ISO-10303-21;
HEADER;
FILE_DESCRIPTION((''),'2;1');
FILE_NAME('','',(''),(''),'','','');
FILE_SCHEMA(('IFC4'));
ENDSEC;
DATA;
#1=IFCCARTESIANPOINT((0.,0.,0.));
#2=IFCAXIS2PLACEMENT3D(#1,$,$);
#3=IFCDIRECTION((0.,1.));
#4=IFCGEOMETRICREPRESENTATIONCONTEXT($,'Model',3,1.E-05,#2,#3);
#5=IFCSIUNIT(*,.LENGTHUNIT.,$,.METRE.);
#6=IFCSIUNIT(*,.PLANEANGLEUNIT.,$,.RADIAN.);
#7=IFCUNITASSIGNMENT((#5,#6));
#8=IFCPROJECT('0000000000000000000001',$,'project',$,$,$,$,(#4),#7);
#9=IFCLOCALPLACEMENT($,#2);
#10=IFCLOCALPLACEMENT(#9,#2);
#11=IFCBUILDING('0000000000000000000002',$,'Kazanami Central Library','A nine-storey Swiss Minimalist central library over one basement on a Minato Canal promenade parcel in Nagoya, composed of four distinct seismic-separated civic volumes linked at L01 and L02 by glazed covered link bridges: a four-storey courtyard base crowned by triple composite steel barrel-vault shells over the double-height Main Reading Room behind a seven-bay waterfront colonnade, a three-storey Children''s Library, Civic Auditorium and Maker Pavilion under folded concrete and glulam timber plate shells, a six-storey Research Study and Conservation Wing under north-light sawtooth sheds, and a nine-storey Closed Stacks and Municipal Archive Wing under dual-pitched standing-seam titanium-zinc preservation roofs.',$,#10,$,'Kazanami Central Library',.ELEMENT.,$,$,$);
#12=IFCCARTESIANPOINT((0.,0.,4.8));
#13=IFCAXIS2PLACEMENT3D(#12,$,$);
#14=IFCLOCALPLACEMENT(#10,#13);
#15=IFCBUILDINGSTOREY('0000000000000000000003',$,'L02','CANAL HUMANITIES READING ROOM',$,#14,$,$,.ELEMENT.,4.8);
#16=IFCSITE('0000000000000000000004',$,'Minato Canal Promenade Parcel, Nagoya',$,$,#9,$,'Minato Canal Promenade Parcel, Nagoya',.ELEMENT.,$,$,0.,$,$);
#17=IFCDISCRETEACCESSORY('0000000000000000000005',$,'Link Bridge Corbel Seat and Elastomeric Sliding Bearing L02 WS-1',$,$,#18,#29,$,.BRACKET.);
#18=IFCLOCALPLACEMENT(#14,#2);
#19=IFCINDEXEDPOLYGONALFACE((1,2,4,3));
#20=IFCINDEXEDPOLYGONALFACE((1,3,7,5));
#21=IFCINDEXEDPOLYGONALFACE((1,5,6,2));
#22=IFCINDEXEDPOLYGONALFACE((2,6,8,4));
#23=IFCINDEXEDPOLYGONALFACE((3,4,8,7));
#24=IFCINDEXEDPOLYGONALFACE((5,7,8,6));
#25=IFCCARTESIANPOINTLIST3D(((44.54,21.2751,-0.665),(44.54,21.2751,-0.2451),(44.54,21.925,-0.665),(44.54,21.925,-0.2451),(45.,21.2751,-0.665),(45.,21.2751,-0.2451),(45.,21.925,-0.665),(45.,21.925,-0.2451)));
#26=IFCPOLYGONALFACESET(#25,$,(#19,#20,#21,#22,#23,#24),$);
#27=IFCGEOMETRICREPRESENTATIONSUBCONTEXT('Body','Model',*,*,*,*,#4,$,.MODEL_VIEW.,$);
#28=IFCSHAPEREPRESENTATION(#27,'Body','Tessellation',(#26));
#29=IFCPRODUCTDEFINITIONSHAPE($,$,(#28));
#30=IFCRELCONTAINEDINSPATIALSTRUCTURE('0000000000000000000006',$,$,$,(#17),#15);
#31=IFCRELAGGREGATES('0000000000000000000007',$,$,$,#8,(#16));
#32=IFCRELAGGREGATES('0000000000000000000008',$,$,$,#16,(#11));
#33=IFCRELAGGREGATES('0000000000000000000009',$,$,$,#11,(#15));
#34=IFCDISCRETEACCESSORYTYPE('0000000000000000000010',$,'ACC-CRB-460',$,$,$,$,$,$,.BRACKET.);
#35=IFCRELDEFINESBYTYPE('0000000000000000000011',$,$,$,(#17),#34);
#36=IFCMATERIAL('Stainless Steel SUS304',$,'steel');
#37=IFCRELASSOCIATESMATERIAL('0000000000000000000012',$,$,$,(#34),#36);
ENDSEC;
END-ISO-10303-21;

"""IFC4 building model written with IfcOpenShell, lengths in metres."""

from ifc_helpers import new_model, si_unit, direction, frame, origin, origin_2d, place, context, subcontext, project, spatial, rectangle, extrude, material, type_object, element, save


model = new_model("IFC4")

# Units and contexts
model_context = context("Model", 3, precision=1e-05, world=origin(), true_north=direction((0.0, 1.0)))
body_context = subcontext(model_context, "Body", "Model", "MODEL_VIEW")
ifc_project = project(units=[si_unit("LENGTHUNIT", "METRE"), si_unit("PLANEANGLEUNIT", "RADIAN")], contexts=[model_context])

# Site, building, storey
site_placement = place(None, origin())
site = spatial("IfcSite", under=ifc_project, at=site_placement, Name="Minato Canal Promenade Parcel, Nagoya", LongName="Minato Canal Promenade Parcel, Nagoya", CompositionType="ELEMENT", RefElevation=0.0)
building_placement = place(site_placement, origin())
building = spatial("IfcBuilding", under=site, at=building_placement, Name="Kazanami Central Library", Description="A nine-storey Swiss Minimalist central library over one basement on a Minato Canal promenade parcel in Nagoya, composed of four distinct seismic-separated civic volumes linked at L01 and L02 by glazed covered link bridges: a four-storey courtyard base crowned by triple composite steel barrel-vault shells over the double-height Main Reading Room behind a seven-bay waterfront colonnade, a three-storey Children's Library, Civic Auditorium and Maker Pavilion under folded concrete and glulam timber plate shells, a six-storey Research Study and Conservation Wing under north-light sawtooth sheds, and a nine-storey Closed Stacks and Municipal Archive Wing under dual-pitched standing-seam titanium-zinc preservation roofs.", LongName="Kazanami Central Library", CompositionType="ELEMENT")
storey_placement = place(building_placement, frame((0.0, 0.0, 4.8)))
storey = spatial("IfcBuildingStorey", under=building, at=storey_placement, Name="L02", Description="CANAL HUMANITIES READING ROOM", CompositionType="ELEMENT", Elevation=4.8)

# Discrete accessory
ifc_material_1 = material(Name="Stainless Steel SUS304", Category="steel")
discrete_accessory_type = type_object("IfcDiscreteAccessoryType", Name="ACC-CRB-460", PredefinedType="BRACKET", material=ifc_material_1)
discrete_accessory_placement = place(storey_placement, frame((44.77, 21.6001, -0.665), z_axis=(0.0, 0.0, 1.0), x_axis=(1.0, 0.0, 0.0)))
element("IfcDiscreteAccessory", 1, at=discrete_accessory_placement, inside=storey, type_object=discrete_accessory_type, Name="Link Bridge Corbel Seat and Elastomeric Sliding Bearing L02 WS-1", PredefinedType="BRACKET", context=body_context, shape_type="SweptSolid", body=[
    extrude(rectangle(XDim=0.46, YDim=0.6499, at=origin_2d()), origin(), (0.0, 0.0, 1.0), 0.4199),
])

save(model, "model.ifc")
